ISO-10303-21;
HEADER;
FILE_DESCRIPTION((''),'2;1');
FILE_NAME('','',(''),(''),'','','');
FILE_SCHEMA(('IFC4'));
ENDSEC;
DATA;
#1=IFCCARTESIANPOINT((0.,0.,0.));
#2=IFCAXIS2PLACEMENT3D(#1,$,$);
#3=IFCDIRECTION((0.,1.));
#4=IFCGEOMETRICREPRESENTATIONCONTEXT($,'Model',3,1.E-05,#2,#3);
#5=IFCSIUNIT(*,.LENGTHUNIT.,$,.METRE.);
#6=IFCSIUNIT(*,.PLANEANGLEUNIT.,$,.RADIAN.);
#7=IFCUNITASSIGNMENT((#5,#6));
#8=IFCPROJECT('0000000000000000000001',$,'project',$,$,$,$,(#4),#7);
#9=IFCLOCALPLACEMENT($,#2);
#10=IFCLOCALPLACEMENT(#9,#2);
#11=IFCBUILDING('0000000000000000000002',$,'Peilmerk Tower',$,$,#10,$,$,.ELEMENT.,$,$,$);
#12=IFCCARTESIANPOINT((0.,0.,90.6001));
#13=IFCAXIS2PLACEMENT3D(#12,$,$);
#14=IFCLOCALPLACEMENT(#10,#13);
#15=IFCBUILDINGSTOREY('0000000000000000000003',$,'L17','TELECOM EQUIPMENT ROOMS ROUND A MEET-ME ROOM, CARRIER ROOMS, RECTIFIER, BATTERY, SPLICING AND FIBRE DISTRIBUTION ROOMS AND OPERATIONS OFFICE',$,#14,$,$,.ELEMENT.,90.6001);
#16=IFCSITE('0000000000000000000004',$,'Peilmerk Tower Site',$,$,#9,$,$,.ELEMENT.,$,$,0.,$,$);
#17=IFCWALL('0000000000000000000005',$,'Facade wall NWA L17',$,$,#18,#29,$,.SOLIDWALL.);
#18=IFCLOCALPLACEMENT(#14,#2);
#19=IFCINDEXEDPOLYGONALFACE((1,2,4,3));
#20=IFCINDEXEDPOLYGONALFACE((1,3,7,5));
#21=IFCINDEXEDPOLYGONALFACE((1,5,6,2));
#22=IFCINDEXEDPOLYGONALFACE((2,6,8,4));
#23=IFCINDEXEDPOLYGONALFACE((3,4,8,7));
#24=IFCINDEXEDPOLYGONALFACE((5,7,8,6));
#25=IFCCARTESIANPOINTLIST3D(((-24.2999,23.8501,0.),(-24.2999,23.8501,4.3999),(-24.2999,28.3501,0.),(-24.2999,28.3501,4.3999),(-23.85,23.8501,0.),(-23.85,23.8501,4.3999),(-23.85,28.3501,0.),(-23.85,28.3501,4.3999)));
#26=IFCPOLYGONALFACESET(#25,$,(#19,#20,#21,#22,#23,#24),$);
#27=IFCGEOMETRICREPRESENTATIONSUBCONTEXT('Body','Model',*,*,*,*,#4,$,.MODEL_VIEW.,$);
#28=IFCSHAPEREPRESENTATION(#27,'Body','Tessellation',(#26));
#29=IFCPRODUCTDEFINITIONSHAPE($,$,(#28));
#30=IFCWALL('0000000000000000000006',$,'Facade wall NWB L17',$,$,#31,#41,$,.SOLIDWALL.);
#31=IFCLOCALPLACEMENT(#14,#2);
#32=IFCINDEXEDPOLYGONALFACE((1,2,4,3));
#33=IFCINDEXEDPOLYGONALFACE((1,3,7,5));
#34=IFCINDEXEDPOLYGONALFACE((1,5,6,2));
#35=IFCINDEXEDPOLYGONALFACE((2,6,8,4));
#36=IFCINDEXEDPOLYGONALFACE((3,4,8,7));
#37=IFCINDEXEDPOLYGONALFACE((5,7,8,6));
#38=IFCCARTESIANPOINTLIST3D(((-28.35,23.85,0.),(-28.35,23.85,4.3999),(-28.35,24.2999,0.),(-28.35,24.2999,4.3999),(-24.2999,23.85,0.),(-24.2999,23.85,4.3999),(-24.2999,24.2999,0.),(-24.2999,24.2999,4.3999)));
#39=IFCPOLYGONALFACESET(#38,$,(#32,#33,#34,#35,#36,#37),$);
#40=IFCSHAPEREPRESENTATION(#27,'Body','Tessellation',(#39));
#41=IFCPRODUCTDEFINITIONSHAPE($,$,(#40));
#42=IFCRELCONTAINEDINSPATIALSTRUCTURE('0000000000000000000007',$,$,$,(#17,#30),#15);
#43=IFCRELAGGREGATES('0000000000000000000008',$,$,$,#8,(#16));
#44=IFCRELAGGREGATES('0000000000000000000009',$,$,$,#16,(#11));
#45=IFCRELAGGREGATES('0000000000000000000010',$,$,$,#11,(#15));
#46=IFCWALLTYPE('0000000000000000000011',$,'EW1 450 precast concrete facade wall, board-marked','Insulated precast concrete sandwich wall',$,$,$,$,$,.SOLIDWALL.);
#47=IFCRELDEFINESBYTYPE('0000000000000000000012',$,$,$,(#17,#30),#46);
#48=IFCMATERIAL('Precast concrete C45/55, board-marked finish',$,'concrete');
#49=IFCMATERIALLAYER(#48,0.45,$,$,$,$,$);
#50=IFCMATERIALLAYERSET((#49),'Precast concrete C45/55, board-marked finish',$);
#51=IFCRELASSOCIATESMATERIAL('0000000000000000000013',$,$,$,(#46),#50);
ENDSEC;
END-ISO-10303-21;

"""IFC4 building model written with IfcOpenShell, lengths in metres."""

from ifc_helpers import new_model, si_unit, direction, frame, frame_2d, origin, place, context, subcontext, project, spatial, rectangle, extrude, material, layer, layer_set, type_object, element, save


model = new_model("IFC4")

# Units and contexts
model_context = context("Model", 3, precision=1e-05, world=origin(), true_north=direction((0.0, 1.0)))
body_context = subcontext(model_context, "Body", "Model", "MODEL_VIEW")
ifc_project = project(units=[si_unit("LENGTHUNIT", "METRE"), si_unit("PLANEANGLEUNIT", "RADIAN")], contexts=[model_context])

# Site, building, storey
site_placement = place(None, origin())
site = spatial("IfcSite", under=ifc_project, at=site_placement, Name="Peilmerk Tower Site", CompositionType="ELEMENT", RefElevation=0.0)
building_placement = place(site_placement, origin())
building = spatial("IfcBuilding", under=site, at=building_placement, Name="Peilmerk Tower", CompositionType="ELEMENT")
storey_placement = place(building_placement, frame((0.0, 0.0, 90.6001)))
storey = spatial("IfcBuildingStorey", under=building, at=storey_placement, Name="L17", Description="TELECOM EQUIPMENT ROOMS ROUND A MEET-ME ROOM, CARRIER ROOMS, RECTIFIER, BATTERY, SPLICING AND FIBRE DISTRIBUTION ROOMS AND OPERATIONS OFFICE", CompositionType="ELEMENT", Elevation=90.6001)

# Shared definitions
ifc_material_1 = material(Name="Precast concrete C45/55, board-marked finish", Category="concrete")
ifc_layer = layer(ifc_material_1, 0.45)
ifc_layer_set = layer_set([ifc_layer], Name="Precast concrete C45/55, board-marked finish")
wall_type = type_object("IfcWallType", Name="EW1 450 precast concrete facade wall, board-marked", Description="Insulated precast concrete sandwich wall", PredefinedType="SOLIDWALL", material=ifc_layer_set)

# Walls
wall_1_placement = place(storey_placement, frame((-24.075, 23.8501, 0.0), z_axis=(0.0, 0.0, 1.0), x_axis=(0.0, 1.0, 0.0)))
element("IfcWall", 1, at=wall_1_placement, inside=storey, type_object=wall_type, Name="Facade wall NWA L17", PredefinedType="SOLIDWALL", context=body_context, shape_type="SweptSolid", body=[
    extrude(rectangle(XDim=4.5, YDim=0.45, at=frame_2d((2.25, 0.0))), origin(), (0.0, 0.0, 1.0), 4.3999),
])
wall_2_placement = place(storey_placement, frame((-24.3, 24.075, 0.0), z_axis=(0.0, 0.0, 1.0), x_axis=(-1.0, 0.0, 0.0)))
element("IfcWall", 2, at=wall_2_placement, inside=storey, type_object=wall_type, Name="Facade wall NWB L17", PredefinedType="SOLIDWALL", context=body_context, shape_type="SweptSolid", body=[
    extrude(rectangle(XDim=4.05, YDim=0.45, at=frame_2d((2.0249, 0.0))), origin(), (0.0, 0.0, 1.0), 4.3999),
])

save(model, "model.ifc")
